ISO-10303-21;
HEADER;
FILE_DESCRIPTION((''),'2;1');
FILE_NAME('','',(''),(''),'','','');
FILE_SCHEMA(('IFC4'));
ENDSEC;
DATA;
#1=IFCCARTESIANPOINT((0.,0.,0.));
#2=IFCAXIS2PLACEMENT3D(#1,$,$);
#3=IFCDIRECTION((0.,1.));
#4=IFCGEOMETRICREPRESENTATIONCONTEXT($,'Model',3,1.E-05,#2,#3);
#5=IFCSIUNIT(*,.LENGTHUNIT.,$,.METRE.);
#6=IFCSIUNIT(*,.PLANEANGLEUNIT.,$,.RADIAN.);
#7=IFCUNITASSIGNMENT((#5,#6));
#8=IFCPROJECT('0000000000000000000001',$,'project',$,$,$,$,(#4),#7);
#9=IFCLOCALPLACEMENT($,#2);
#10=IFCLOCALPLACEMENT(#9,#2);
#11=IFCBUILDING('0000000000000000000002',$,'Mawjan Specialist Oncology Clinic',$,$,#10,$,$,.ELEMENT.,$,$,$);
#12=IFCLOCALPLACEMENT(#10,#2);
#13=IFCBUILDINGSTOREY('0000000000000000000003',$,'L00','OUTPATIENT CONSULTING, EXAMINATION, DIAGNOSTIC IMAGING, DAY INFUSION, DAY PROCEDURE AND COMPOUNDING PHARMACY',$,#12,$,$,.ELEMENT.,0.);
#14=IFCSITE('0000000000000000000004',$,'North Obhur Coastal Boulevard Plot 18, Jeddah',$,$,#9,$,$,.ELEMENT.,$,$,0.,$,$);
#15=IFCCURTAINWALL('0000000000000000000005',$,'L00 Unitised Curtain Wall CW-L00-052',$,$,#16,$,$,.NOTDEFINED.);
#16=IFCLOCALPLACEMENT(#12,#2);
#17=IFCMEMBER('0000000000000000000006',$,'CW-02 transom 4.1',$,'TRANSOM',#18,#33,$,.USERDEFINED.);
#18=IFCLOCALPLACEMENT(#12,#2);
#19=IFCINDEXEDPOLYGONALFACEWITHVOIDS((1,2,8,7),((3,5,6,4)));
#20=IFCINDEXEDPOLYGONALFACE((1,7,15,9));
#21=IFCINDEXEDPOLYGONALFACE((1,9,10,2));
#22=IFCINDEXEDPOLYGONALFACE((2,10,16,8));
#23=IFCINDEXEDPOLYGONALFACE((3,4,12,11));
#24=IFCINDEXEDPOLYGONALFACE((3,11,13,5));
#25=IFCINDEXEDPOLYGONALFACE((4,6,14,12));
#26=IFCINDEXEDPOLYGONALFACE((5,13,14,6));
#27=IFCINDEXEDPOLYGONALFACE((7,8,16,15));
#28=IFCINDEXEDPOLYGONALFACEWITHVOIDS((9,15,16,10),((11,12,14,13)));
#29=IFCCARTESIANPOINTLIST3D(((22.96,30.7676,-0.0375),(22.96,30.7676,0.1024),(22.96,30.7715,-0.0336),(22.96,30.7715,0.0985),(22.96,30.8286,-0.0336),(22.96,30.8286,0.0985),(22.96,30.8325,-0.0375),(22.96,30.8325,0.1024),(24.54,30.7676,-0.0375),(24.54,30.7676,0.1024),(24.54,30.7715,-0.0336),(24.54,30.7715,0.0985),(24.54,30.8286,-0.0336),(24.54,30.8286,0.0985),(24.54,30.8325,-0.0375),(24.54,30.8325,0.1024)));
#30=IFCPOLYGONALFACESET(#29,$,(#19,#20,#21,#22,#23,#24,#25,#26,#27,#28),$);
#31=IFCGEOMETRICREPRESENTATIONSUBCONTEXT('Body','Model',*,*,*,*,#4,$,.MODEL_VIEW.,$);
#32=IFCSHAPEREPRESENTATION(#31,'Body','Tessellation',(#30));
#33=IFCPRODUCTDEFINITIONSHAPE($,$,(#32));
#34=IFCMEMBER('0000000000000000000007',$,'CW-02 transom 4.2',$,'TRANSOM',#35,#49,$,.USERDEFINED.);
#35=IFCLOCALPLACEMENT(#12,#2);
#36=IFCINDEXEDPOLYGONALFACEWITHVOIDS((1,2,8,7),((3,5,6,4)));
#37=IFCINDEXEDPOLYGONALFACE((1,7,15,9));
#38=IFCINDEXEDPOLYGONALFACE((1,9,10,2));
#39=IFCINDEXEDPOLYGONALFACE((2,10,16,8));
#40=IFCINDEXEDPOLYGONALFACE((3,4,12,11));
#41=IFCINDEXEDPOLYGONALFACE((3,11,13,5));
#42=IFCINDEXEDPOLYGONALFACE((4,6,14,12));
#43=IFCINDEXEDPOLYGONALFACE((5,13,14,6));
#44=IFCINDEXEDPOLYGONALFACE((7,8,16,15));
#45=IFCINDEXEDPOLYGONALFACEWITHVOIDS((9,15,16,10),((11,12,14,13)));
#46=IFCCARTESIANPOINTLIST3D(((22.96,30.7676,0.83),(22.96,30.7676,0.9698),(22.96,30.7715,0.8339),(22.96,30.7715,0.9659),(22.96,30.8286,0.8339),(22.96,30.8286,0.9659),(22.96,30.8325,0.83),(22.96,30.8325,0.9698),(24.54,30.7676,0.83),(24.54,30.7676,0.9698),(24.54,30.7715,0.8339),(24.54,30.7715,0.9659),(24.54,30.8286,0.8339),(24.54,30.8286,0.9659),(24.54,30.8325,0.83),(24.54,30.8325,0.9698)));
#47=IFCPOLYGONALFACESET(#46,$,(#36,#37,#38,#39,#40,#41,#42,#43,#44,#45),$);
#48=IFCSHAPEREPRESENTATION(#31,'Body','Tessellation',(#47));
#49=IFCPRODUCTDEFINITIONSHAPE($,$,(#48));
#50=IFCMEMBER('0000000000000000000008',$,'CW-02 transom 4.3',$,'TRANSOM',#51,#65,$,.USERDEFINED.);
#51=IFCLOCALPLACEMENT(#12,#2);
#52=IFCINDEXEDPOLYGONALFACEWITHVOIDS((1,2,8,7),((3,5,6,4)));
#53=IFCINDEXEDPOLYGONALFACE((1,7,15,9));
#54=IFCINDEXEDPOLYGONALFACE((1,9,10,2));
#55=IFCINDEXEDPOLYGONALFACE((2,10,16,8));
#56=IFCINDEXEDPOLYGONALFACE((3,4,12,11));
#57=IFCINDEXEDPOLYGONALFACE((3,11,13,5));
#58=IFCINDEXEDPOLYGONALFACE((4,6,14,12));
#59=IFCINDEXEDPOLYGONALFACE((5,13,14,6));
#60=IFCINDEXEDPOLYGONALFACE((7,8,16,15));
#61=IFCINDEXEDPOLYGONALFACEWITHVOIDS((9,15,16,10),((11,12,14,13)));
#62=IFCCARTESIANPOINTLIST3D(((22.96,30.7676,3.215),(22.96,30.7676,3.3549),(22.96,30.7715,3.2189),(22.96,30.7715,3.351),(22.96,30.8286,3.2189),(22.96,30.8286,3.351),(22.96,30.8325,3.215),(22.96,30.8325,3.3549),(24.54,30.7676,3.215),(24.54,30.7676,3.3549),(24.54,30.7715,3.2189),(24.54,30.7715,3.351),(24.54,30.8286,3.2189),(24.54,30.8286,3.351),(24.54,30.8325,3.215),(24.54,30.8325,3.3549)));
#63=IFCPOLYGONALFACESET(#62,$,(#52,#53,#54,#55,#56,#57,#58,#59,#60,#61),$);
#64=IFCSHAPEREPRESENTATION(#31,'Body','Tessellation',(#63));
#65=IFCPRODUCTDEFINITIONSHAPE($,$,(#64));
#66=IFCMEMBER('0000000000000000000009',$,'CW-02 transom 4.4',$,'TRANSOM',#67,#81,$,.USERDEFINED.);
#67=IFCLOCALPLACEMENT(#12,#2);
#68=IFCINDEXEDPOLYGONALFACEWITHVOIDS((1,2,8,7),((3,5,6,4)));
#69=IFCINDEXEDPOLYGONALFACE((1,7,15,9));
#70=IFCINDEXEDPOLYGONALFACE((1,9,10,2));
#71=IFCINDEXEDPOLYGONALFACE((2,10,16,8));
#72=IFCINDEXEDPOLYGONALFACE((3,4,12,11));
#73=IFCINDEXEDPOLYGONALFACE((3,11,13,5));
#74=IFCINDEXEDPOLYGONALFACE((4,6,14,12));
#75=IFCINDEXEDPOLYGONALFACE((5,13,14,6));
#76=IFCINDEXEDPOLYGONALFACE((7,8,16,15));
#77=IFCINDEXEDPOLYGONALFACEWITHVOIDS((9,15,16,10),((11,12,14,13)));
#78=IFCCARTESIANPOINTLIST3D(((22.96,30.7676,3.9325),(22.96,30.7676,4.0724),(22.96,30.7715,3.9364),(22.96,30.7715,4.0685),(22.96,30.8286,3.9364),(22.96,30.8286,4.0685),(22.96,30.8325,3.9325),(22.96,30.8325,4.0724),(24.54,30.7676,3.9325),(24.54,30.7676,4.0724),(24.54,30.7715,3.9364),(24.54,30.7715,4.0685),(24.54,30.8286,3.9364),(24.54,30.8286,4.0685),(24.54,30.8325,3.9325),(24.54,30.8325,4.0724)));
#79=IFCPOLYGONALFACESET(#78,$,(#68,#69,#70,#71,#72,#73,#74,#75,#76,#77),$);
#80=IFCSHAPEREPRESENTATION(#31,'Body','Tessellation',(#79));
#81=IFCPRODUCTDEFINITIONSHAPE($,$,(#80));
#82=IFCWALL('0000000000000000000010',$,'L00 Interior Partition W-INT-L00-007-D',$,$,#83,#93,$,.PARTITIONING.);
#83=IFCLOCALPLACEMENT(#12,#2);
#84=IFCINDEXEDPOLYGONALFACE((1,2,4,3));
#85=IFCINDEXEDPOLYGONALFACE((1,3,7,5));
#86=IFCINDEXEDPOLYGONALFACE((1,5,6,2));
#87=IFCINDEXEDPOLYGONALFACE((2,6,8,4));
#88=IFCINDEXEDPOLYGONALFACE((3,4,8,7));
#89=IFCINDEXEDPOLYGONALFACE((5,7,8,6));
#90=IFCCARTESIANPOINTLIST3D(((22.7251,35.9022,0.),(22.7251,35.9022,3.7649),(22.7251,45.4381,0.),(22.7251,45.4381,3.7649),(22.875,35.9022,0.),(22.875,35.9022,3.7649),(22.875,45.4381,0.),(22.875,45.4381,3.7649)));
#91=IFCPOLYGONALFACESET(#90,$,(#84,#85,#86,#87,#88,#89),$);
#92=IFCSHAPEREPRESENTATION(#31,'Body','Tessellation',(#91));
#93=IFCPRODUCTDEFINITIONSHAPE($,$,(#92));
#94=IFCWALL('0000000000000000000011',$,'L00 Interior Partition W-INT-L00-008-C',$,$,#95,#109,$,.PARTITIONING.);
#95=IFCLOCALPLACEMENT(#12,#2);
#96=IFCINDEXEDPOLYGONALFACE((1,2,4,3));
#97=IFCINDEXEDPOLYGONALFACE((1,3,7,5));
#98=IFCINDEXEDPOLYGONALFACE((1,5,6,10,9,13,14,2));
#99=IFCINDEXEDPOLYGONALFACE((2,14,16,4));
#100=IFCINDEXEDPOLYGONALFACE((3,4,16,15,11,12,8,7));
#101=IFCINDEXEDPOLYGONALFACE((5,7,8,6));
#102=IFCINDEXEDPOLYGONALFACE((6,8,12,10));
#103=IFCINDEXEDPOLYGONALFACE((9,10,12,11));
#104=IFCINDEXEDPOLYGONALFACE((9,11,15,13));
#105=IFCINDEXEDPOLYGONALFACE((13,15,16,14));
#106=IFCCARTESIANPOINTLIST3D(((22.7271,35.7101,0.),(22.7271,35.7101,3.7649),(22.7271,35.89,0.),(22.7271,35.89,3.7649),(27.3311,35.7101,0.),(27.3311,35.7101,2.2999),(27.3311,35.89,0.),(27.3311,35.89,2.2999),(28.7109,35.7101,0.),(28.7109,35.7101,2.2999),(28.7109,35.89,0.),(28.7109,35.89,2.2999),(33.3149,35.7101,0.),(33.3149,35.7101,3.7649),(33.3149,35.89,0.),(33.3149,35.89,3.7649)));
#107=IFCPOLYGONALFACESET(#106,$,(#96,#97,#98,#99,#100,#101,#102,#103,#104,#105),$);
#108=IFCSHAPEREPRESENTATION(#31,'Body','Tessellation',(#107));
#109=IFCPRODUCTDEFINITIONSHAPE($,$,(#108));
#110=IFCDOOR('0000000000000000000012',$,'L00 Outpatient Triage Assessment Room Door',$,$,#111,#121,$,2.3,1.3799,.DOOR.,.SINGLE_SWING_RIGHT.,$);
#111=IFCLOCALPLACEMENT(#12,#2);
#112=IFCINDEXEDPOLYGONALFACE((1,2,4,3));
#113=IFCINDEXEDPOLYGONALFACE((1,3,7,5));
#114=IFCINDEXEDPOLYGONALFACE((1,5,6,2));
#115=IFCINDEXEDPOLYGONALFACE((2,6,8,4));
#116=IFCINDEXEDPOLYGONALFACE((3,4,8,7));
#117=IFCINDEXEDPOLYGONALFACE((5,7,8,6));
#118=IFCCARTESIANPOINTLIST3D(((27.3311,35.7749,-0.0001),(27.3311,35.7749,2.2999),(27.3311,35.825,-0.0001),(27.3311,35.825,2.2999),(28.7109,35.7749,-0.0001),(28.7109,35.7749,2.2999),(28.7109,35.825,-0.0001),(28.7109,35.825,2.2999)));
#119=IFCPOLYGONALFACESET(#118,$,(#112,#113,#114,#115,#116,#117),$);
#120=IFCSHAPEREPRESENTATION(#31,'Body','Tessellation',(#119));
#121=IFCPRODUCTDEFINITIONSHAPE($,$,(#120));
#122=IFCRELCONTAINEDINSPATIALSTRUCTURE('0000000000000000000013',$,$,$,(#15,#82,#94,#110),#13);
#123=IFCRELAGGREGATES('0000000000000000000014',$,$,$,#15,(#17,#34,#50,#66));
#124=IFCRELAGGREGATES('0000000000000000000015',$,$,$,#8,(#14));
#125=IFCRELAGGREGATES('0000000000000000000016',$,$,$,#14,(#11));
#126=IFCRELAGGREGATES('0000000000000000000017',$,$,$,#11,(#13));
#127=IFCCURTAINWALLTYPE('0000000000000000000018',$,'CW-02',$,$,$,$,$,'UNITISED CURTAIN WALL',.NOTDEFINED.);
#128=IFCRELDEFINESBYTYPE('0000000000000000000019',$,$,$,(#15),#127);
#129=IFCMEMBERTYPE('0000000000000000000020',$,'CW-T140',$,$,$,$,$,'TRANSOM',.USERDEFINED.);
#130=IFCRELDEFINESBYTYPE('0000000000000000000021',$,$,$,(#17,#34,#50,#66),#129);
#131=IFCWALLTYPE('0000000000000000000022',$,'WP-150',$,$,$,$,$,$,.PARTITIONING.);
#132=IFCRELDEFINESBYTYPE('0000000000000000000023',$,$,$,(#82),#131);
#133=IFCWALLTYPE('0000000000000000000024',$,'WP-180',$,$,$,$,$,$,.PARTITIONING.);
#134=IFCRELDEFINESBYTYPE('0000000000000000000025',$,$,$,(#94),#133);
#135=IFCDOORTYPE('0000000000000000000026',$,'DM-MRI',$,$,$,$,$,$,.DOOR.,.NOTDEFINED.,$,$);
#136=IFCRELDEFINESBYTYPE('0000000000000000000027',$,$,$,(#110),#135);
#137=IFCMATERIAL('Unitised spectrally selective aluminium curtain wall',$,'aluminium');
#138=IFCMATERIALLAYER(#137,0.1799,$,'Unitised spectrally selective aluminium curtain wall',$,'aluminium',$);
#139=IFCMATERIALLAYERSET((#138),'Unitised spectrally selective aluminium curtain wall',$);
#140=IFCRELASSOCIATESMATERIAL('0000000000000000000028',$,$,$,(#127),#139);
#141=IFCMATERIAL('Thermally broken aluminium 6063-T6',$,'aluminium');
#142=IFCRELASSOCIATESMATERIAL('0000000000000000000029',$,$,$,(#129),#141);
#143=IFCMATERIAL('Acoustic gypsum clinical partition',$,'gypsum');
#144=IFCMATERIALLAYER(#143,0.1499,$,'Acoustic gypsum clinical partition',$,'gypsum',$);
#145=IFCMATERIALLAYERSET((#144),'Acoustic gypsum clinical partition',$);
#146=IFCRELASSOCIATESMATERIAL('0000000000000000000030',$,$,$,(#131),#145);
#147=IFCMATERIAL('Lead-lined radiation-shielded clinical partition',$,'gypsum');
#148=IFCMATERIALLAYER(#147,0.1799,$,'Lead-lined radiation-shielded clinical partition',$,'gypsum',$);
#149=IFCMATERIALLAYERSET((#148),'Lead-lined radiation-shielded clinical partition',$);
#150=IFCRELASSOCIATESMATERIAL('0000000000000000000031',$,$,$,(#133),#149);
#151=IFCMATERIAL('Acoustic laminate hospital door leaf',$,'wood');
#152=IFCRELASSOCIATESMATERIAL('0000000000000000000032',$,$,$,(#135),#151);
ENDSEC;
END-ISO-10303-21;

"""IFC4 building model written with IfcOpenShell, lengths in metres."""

from ifc_helpers import new_model, si_unit, direction, frame, frame_2d, origin, origin_2d, place, context, subcontext, project, spatial, rectangle, hollow_rectangle, extrude, material, layer, layer_set, material_profile, profile_set, type_object, element, fill, aggregate, save


model = new_model("IFC4")

# Units and contexts
model_context = context("Model", 3, precision=1e-05, world=origin(), true_north=direction((0.0, 1.0)))
body_context = subcontext(model_context, "Body", "Model", "MODEL_VIEW")
ifc_project = project(units=[si_unit("LENGTHUNIT", "METRE"), si_unit("PLANEANGLEUNIT", "RADIAN")], contexts=[model_context])

# Site, building, storey
site_placement = place(None, origin())
site = spatial("IfcSite", under=ifc_project, at=site_placement, Name="North Obhur Coastal Boulevard Plot 18, Jeddah", CompositionType="ELEMENT", RefElevation=0.0)
building_placement = place(site_placement, origin())
building = spatial("IfcBuilding", under=site, at=building_placement, Name="Mawjan Specialist Oncology Clinic", CompositionType="ELEMENT")
storey_placement = place(building_placement, origin())
storey = spatial("IfcBuildingStorey", under=building, at=storey_placement, Name="L00", Description="OUTPATIENT CONSULTING, EXAMINATION, DIAGNOSTIC IMAGING, DAY INFUSION, DAY PROCEDURE AND COMPOUNDING PHARMACY", CompositionType="ELEMENT", Elevation=0.0)

# Curtain wall, members
ifc_material_1 = material(Name="Unitised spectrally selective aluminium curtain wall", Category="aluminium")
ifc_layer_1 = layer(ifc_material_1, 0.1799, Name="Unitised spectrally selective aluminium curtain wall", Category="aluminium")
ifc_layer_set_1 = layer_set([ifc_layer_1], Name="Unitised spectrally selective aluminium curtain wall")
curtain_wall_type = type_object("IfcCurtainWallType", Name="CW-02", ElementType="UNITISED CURTAIN WALL", PredefinedType="NOTDEFINED", material=ifc_layer_set_1)
curtain_wall_placement = place(storey_placement, origin())
curtain_wall = element("IfcCurtainWall", 1, at=curtain_wall_placement, inside=storey, type_object=curtain_wall_type, Name="L00 Unitised Curtain Wall CW-L00-052", PredefinedType="NOTDEFINED")
ifc_material_2 = material(Name="Thermally broken aluminium 6063-T6", Category="aluminium")
ifc_material_profile_1 = material_profile(ifc_material_2, hollow_rectangle(XDim=0.0649, YDim=0.1399, WallThickness=0.0039, at=origin_2d()), Name="ALU TRANSOM 140x65x4", Category="aluminium")
ifc_profile_set_1 = profile_set([ifc_material_profile_1], Name="Thermally broken aluminium 6063-T6")
member_type_1 = type_object("IfcMemberType", Name="CW-T140", ElementType="TRANSOM", PredefinedType="USERDEFINED", material=ifc_profile_set_1)
member_1_placement = place(storey_placement, frame((24.54, 30.8, 0.0325), z_axis=(-1.0, 0.0, 0.0), x_axis=(0.0, -1.0, 0.0)))
member_1 = element("IfcMember", 2, at=member_1_placement, type_object=member_type_1, Name="CW-02 transom 4.1", ObjectType="TRANSOM", PredefinedType="USERDEFINED", context=body_context, shape_type="SweptSolid", body=[
    extrude(hollow_rectangle(XDim=0.0649, YDim=0.1399, WallThickness=0.0039, at=origin_2d()), origin(), (0.0, 0.0, 1.0), 1.5801),
])
member_2_placement = place(storey_placement, frame((24.54, 30.8, 0.8999), z_axis=(-1.0, 0.0, 0.0), x_axis=(0.0, -1.0, 0.0)))
member_2 = element("IfcMember", 3, at=member_2_placement, type_object=member_type_1, Name="CW-02 transom 4.2", ObjectType="TRANSOM", PredefinedType="USERDEFINED", context=body_context, shape_type="SweptSolid", body=[
    extrude(hollow_rectangle(XDim=0.0649, YDim=0.1399, WallThickness=0.0039, at=origin_2d()), origin(), (0.0, 0.0, 1.0), 1.5801),
])
member_3_placement = place(storey_placement, frame((24.54, 30.8, 3.2849), z_axis=(-1.0, 0.0, 0.0), x_axis=(0.0, -1.0, 0.0)))
member_3 = element("IfcMember", 4, at=member_3_placement, type_object=member_type_1, Name="CW-02 transom 4.3", ObjectType="TRANSOM", PredefinedType="USERDEFINED", context=body_context, shape_type="SweptSolid", body=[
    extrude(hollow_rectangle(XDim=0.0649, YDim=0.1399, WallThickness=0.0039, at=origin_2d()), origin(), (0.0, 0.0, 1.0), 1.5801),
])
member_4_placement = place(storey_placement, frame((24.54, 30.8, 4.0024), z_axis=(-1.0, 0.0, 0.0), x_axis=(0.0, -1.0, 0.0)))
member_4 = element("IfcMember", 5, at=member_4_placement, type_object=member_type_1, Name="CW-02 transom 4.4", ObjectType="TRANSOM", PredefinedType="USERDEFINED", context=body_context, shape_type="SweptSolid", body=[
    extrude(hollow_rectangle(XDim=0.0649, YDim=0.1399, WallThickness=0.0039, at=origin_2d()), origin(), (0.0, 0.0, 1.0), 1.5801),
])
aggregate(curtain_wall, [member_1, member_2, member_3, member_4])

# Wall
ifc_material_3 = material(Name="Acoustic gypsum clinical partition", Category="gypsum")
ifc_layer_2 = layer(ifc_material_3, 0.1499, Name="Acoustic gypsum clinical partition", Category="gypsum")
ifc_layer_set_2 = layer_set([ifc_layer_2], Name="Acoustic gypsum clinical partition")
wall_type_1 = type_object("IfcWallType", Name="WP-150", PredefinedType="PARTITIONING", material=ifc_layer_set_2)
wall_1_placement = place(storey_placement, frame((22.8, 35.9021, 0.0), z_axis=(0.0, 0.0, 1.0), x_axis=(0.0, 1.0, 0.0)))
element("IfcWall", 6, at=wall_1_placement, inside=storey, type_object=wall_type_1, Name="L00 Interior Partition W-INT-L00-007-D", PredefinedType="PARTITIONING", context=body_context, shape_type="SweptSolid", body=[
    extrude(rectangle(XDim=9.5359, YDim=0.1499, at=frame_2d((4.7681, 0.0))), origin(), (0.0, 0.0, 1.0), 3.7649),
])

# Wall, opening, door
ifc_material_4 = material(Name="Lead-lined radiation-shielded clinical partition", Category="gypsum")
ifc_layer_3 = layer(ifc_material_4, 0.1799, Name="Lead-lined radiation-shielded clinical partition", Category="gypsum")
ifc_layer_set_3 = layer_set([ifc_layer_3], Name="Lead-lined radiation-shielded clinical partition")
wall_type_2 = type_object("IfcWallType", Name="WP-180", PredefinedType="PARTITIONING", material=ifc_layer_set_3)
wall_2_placement = place(storey_placement, frame((22.7271, 35.8, 0.0), z_axis=(0.0, 0.0, 1.0), x_axis=(1.0, 0.0, 0.0)))
wall_2 = element("IfcWall", 7, at=wall_2_placement, inside=storey, type_object=wall_type_2, Name="L00 Interior Partition W-INT-L00-008-C", PredefinedType="PARTITIONING", context=body_context, shape_type="SweptSolid", body=[
    extrude(rectangle(XDim=10.5879, YDim=0.1799, at=frame_2d((5.2939, 0.0))), origin(), (0.0, 0.0, 1.0), 3.7649),
])
opening_placement = place(wall_2_placement, frame((4.604, 0.0, 0.0)))
opening = element("IfcOpeningElement", 8, at=opening_placement, cuts=wall_2, PredefinedType="OPENING", context=body_context, shape_type="SweptSolid", body=[
    extrude(rectangle(XDim=1.3799, YDim=2.3, at=frame_2d((0.6899, 1.1499))), frame((0.0, 0.1021, 0.0), z_axis=(0.0, -1.0, 0.0), x_axis=(1.0, 0.0, 0.0)), (0.0, 0.0, 1.0), 0.2039),
])
ifc_material_5 = material(Name="Acoustic laminate hospital door leaf", Category="wood")
door_type = type_object("IfcDoorType", Name="DM-MRI", OperationType="NOTDEFINED", PredefinedType="DOOR", material=ifc_material_5)
door_placement = place(opening_placement, origin())
door = element("IfcDoor", 9, at=door_placement, inside=storey, type_object=door_type, Name="L00 Outpatient Triage Assessment Room Door", OperationType="SINGLE_SWING_RIGHT", OverallHeight=2.3, OverallWidth=1.3799, PredefinedType="DOOR", context=body_context, shape_type="SweptSolid", body=[
    extrude(rectangle(XDim=1.3799, YDim=2.3, at=frame_2d((0.6899, 1.1499))), frame((0.0, 0.0249, 0.0), z_axis=(0.0, -1.0, 0.0), x_axis=(1.0, 0.0, 0.0)), (0.0, 0.0, 1.0), 0.05),
])
fill(opening, door)

save(model, "model.ifc")
